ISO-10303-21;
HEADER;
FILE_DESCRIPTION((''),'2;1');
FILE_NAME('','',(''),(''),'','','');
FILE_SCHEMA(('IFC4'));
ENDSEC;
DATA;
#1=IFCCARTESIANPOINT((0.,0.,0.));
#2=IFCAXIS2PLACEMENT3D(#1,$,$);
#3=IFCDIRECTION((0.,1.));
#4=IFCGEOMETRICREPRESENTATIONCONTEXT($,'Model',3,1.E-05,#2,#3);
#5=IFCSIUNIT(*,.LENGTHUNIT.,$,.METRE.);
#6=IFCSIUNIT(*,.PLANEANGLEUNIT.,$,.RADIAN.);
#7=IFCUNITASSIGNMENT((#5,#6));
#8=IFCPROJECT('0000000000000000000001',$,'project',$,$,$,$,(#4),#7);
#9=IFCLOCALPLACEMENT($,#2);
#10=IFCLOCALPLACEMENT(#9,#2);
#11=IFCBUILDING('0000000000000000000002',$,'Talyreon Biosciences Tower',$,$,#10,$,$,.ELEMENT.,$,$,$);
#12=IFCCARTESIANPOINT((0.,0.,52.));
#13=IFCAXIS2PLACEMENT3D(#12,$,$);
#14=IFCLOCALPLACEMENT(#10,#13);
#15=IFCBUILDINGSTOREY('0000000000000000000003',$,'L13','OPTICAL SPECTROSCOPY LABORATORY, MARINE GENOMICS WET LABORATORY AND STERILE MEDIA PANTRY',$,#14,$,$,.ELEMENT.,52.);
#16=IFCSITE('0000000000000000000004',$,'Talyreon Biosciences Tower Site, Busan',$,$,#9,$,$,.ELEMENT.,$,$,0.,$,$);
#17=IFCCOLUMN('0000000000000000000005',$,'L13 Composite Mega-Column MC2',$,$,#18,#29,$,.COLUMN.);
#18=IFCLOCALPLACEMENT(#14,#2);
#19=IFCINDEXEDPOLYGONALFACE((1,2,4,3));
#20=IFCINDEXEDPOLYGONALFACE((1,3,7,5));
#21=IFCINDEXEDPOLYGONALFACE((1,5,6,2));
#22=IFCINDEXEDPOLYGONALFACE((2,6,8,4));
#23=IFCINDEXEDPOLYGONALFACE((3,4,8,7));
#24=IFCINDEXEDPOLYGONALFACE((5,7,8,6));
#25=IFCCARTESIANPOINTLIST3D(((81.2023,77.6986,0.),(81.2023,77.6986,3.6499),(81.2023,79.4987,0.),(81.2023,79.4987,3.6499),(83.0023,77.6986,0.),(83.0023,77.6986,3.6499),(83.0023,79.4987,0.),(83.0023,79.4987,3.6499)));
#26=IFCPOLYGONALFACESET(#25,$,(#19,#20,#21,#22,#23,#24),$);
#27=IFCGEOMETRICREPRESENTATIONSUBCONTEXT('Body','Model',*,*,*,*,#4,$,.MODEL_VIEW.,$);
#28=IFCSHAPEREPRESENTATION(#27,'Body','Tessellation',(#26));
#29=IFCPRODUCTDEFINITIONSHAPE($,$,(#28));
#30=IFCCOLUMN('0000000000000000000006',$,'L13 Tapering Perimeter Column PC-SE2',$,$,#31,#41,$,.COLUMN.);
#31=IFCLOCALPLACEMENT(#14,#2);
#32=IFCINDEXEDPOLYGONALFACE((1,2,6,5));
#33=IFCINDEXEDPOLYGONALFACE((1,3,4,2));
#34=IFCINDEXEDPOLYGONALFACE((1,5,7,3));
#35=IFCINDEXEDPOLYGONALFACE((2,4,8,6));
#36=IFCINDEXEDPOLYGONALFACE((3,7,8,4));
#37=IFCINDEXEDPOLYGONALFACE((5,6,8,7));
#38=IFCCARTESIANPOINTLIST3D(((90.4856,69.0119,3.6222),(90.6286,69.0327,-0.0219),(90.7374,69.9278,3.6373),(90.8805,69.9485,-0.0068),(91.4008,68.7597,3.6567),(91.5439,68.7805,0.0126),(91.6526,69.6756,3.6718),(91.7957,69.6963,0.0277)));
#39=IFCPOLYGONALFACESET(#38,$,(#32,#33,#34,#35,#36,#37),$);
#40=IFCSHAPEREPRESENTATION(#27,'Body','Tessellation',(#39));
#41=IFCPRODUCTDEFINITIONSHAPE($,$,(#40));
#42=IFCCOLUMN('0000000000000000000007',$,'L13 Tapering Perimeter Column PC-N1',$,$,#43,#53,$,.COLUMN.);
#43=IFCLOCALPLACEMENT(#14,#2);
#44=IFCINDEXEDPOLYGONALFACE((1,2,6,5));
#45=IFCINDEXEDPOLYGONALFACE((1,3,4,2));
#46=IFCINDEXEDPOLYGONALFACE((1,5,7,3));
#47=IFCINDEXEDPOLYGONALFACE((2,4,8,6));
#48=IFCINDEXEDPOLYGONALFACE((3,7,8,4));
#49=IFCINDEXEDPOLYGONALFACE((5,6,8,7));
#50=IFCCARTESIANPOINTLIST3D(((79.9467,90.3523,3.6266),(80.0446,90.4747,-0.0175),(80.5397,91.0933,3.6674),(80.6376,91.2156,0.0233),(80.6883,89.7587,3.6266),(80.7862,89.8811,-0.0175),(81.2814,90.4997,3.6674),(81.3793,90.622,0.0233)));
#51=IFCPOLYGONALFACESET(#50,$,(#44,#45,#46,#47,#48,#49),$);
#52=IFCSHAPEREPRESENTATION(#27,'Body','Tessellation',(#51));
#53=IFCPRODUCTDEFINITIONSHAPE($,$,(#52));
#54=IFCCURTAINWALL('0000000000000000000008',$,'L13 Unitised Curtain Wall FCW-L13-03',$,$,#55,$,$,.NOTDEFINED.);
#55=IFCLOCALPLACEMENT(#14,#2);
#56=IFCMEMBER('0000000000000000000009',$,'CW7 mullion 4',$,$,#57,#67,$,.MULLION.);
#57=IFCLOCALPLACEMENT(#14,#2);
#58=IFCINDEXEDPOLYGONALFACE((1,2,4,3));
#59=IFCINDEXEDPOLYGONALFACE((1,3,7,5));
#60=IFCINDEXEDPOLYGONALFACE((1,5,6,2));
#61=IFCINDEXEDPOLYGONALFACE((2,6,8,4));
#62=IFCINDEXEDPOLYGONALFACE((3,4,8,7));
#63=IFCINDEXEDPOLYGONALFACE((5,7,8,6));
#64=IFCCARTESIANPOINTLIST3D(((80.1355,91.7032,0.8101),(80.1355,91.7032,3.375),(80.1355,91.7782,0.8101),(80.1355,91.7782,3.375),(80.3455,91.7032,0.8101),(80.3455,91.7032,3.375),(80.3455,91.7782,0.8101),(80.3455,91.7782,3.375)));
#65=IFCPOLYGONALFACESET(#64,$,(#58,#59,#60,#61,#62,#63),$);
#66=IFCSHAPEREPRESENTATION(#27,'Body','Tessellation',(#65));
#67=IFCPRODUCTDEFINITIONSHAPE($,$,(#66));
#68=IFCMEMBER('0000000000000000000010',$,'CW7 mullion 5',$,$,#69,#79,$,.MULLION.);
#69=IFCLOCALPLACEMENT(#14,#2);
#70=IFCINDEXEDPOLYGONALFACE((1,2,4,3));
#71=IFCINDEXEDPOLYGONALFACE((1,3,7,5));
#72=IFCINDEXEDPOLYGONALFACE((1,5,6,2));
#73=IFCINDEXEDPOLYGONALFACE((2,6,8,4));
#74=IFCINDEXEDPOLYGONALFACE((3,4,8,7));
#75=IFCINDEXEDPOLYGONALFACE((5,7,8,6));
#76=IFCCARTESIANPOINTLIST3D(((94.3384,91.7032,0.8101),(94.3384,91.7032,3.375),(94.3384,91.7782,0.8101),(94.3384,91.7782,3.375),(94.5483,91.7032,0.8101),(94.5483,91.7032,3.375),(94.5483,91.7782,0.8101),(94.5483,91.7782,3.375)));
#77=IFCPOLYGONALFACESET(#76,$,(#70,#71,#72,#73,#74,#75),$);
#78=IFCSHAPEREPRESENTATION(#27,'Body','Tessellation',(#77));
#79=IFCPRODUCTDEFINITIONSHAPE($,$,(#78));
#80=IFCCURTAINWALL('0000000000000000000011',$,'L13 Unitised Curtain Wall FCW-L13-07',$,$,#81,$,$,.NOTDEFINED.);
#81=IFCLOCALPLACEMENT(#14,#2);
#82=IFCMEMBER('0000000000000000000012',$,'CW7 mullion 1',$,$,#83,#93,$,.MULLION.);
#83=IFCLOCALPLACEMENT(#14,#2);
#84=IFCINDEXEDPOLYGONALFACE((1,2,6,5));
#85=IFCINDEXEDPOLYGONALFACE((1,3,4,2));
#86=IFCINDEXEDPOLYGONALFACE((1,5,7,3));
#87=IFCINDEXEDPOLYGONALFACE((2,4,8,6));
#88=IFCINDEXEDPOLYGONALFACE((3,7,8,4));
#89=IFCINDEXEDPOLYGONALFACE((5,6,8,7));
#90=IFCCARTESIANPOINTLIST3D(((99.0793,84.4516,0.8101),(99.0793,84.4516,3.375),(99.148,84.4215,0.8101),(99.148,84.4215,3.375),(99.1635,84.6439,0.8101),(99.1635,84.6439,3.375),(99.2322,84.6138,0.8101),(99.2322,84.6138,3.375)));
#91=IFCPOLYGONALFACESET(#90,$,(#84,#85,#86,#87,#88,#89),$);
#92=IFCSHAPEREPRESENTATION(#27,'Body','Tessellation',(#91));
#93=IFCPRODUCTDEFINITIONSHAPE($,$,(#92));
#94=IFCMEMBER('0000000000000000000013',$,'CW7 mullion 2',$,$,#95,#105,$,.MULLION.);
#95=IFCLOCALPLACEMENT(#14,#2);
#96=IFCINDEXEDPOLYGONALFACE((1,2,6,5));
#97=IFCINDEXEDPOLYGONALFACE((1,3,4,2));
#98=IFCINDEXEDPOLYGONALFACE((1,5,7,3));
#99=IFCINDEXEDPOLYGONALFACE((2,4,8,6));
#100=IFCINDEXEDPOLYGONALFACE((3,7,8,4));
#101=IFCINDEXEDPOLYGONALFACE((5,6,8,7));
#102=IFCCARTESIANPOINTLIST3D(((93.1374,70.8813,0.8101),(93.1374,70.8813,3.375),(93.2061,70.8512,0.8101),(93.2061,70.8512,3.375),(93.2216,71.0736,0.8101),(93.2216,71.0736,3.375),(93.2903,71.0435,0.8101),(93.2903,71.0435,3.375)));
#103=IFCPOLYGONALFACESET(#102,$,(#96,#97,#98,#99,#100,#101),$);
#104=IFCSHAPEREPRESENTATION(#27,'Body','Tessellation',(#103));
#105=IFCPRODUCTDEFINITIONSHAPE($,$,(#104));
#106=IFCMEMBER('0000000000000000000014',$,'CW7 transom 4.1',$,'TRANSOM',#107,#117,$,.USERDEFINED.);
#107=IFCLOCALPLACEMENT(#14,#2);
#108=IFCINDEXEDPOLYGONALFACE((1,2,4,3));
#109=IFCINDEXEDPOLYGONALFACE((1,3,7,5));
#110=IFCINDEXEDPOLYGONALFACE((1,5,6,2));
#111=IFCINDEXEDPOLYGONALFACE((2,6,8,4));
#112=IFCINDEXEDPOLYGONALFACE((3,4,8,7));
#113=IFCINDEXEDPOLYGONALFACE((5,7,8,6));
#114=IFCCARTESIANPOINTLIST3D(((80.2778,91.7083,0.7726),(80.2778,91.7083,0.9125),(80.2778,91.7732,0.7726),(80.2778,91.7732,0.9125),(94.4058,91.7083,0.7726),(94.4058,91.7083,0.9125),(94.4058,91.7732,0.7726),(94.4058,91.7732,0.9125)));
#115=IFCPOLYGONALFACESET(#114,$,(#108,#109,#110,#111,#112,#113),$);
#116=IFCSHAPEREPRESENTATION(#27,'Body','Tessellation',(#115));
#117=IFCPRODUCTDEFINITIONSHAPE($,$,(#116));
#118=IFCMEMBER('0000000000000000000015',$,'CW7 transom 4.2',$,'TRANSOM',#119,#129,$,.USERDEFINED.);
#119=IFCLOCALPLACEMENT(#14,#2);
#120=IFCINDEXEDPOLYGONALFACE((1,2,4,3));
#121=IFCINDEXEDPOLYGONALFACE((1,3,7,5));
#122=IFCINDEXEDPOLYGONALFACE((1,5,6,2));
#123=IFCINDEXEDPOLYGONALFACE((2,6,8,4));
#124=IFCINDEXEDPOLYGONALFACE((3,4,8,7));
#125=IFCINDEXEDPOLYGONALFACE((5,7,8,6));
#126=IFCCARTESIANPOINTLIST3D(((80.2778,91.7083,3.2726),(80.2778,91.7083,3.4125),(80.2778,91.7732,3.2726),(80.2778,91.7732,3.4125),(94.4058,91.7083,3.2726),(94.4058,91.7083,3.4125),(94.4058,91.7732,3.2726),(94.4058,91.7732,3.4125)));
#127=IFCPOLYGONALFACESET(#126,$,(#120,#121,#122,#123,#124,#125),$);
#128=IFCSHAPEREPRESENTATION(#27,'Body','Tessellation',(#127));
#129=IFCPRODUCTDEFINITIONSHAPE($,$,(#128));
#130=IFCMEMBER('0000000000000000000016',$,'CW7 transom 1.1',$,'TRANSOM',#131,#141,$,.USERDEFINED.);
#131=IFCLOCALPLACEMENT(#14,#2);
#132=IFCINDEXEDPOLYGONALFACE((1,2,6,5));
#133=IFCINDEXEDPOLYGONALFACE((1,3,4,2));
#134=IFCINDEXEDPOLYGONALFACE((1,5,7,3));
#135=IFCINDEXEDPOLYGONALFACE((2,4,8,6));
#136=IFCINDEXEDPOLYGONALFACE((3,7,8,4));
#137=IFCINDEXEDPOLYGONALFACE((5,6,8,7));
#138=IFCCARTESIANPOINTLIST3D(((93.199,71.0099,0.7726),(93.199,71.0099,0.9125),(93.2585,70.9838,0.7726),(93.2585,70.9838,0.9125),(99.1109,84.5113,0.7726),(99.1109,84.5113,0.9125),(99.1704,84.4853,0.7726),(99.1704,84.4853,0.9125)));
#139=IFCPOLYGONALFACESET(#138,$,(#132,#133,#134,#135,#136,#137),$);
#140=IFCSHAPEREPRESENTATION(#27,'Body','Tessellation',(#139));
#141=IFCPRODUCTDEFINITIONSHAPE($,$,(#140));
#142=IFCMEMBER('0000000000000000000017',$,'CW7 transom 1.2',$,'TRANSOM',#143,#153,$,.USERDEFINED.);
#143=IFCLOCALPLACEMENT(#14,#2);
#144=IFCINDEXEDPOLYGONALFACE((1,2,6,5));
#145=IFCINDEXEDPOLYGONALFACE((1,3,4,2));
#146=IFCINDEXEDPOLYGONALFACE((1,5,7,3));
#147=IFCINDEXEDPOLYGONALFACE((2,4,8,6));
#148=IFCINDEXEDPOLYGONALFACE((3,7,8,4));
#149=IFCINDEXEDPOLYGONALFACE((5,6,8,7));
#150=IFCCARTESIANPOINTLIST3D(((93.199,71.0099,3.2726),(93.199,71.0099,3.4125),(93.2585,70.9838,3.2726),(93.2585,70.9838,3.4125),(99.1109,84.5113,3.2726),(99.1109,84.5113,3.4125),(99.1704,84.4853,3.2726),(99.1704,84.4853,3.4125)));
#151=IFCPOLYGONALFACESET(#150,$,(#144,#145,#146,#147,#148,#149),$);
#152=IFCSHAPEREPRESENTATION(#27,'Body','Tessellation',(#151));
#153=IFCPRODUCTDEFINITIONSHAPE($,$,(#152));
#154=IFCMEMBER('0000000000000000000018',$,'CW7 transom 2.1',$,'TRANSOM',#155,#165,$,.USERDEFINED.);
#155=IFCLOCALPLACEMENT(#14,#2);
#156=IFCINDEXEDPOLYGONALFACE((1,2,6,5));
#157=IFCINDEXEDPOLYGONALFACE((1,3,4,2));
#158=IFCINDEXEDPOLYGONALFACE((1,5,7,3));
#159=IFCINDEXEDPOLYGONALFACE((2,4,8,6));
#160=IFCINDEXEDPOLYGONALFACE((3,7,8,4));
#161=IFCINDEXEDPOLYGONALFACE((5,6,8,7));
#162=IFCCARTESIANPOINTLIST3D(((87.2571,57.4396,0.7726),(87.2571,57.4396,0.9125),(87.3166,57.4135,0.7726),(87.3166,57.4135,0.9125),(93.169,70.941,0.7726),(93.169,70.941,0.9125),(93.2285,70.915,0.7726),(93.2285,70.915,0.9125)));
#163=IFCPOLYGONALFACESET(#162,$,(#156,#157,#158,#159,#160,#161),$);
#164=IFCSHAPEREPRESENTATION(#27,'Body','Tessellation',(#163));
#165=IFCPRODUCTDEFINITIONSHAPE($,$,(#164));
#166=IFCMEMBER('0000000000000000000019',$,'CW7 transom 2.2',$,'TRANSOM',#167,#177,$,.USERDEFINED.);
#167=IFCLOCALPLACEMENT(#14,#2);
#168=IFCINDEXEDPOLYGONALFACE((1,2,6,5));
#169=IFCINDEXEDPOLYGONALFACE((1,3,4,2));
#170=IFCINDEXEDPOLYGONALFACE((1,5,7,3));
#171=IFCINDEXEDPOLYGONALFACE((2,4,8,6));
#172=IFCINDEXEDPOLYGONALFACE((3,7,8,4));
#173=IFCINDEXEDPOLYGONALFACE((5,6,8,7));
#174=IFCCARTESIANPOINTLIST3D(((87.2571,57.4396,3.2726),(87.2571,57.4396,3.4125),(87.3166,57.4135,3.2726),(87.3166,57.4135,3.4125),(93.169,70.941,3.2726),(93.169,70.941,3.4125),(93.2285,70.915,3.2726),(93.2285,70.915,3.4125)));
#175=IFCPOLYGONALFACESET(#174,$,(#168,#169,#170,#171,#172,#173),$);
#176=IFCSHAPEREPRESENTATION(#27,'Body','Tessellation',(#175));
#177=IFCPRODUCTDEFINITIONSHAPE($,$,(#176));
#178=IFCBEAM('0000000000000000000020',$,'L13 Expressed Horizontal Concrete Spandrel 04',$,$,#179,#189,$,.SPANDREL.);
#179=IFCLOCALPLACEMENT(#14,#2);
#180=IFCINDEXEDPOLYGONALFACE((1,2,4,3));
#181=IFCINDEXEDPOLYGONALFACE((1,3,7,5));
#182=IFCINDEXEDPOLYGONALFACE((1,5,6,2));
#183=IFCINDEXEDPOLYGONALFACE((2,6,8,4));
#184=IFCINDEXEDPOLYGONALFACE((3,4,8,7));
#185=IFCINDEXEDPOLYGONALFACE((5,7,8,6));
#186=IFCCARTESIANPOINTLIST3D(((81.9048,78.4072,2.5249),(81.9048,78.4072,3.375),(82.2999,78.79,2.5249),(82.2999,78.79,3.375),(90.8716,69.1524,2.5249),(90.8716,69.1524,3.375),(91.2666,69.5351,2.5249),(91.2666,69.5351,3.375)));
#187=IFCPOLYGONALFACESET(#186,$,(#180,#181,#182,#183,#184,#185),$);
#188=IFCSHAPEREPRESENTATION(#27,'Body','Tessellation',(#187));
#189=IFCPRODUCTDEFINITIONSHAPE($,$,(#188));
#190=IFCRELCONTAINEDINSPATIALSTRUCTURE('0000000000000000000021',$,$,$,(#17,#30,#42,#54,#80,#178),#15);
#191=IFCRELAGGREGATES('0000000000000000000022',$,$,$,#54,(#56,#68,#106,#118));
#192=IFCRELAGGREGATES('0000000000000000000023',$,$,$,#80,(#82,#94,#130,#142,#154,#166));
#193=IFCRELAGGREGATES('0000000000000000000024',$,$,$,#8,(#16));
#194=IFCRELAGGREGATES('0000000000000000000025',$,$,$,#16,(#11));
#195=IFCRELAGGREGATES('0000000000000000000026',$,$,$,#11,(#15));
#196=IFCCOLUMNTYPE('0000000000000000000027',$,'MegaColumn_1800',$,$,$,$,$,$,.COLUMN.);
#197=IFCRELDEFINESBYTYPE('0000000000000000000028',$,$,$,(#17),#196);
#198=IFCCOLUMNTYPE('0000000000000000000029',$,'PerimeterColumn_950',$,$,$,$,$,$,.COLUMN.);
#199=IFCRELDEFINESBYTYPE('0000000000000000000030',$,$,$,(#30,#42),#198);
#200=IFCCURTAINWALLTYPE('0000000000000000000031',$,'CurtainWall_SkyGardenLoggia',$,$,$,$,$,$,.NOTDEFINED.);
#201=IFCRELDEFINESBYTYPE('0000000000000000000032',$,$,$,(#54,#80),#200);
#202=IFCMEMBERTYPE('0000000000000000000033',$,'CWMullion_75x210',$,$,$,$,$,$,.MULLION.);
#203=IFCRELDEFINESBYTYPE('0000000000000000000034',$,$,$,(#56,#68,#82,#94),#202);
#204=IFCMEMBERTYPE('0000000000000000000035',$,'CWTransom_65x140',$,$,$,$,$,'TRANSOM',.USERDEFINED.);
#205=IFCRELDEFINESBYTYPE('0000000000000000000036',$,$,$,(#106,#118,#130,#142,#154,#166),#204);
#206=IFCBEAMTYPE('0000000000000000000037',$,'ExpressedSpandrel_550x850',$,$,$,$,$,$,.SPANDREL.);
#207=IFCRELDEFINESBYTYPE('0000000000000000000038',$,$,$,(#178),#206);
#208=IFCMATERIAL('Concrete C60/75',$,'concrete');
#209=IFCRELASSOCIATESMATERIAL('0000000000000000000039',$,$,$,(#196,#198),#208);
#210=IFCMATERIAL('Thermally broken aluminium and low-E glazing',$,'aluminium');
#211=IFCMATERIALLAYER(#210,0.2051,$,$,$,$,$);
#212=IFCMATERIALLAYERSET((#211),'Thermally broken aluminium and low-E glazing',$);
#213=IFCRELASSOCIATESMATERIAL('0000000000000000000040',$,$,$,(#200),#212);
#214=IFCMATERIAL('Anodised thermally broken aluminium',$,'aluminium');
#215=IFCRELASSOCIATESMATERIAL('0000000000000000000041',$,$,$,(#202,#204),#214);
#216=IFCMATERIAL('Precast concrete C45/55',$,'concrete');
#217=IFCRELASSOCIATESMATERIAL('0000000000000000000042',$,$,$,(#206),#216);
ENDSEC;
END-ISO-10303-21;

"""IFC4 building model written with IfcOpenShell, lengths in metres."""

from ifc_helpers import new_model, si_unit, direction, frame, origin, origin_2d, place, context, subcontext, project, spatial, rectangle, extrude, material, layer, layer_set, material_profile, profile_set, type_object, element, aggregate, save


model = new_model("IFC4")

# Units and contexts
model_context = context("Model", 3, precision=1e-05, world=origin(), true_north=direction((0.0, 1.0)))
body_context = subcontext(model_context, "Body", "Model", "MODEL_VIEW")
ifc_project = project(units=[si_unit("LENGTHUNIT", "METRE"), si_unit("PLANEANGLEUNIT", "RADIAN")], contexts=[model_context])

# Site, building, storey
site_placement = place(None, origin())
site = spatial("IfcSite", under=ifc_project, at=site_placement, Name="Talyreon Biosciences Tower Site, Busan", CompositionType="ELEMENT", RefElevation=0.0)
building_placement = place(site_placement, origin())
building = spatial("IfcBuilding", under=site, at=building_placement, Name="Talyreon Biosciences Tower", CompositionType="ELEMENT")
storey_placement = place(building_placement, frame((0.0, 0.0, 52.0)))
storey = spatial("IfcBuildingStorey", under=building, at=storey_placement, Name="L13", Description="OPTICAL SPECTROSCOPY LABORATORY, MARINE GENOMICS WET LABORATORY AND STERILE MEDIA PANTRY", CompositionType="ELEMENT", Elevation=52.0)

# Columns
ifc_material_1 = material(Name="Concrete C60/75", Category="concrete")
ifc_material_profile_1 = material_profile(ifc_material_1, rectangle(XDim=1.8, YDim=1.8, at=origin_2d()), Name="RC 1800x1800")
ifc_profile_set_1 = profile_set([ifc_material_profile_1], Name="Concrete C60/75")
column_type_1 = type_object("IfcColumnType", Name="MegaColumn_1800", PredefinedType="COLUMN", material=ifc_profile_set_1)
column_1_placement = place(storey_placement, frame((82.1023, 78.5986, 0.0), z_axis=(0.0, 0.0, 1.0), x_axis=(1.0, 0.0, 0.0)))
element("IfcColumn", 1, at=column_1_placement, inside=storey, type_object=column_type_1, Name="L13 Composite Mega-Column MC2", PredefinedType="COLUMN", context=body_context, shape_type="SweptSolid", body=[
    extrude(rectangle(XDim=1.8, YDim=1.8, at=origin_2d()), origin(), (0.0, 0.0, 1.0), 3.6499),
])
ifc_material_profile_2 = material_profile(ifc_material_1, rectangle(XDim=0.95, YDim=0.95, at=origin_2d()), Name="RC 950x950")
ifc_profile_set_2 = profile_set([ifc_material_profile_2], Name="Concrete C60/75")
column_type_2 = type_object("IfcColumnType", Name="PerimeterColumn_950", PredefinedType="COLUMN", material=ifc_profile_set_2)
column_2_placement = place(storey_placement, frame((91.2122, 69.3645, 0.0029), z_axis=(-0.039229, -0.00569, 0.999214), x_axis=(0.963426, -0.265504, 0.036312)))
element("IfcColumn", 2, at=column_2_placement, inside=storey, type_object=column_type_2, Name="L13 Tapering Perimeter Column PC-SE2", PredefinedType="COLUMN", context=body_context, shape_type="SweptSolid", body=[
    extrude(rectangle(XDim=0.95, YDim=0.95, at=origin_2d()), origin(), (0.0, 0.0, 1.0), 3.647),
])
column_3_placement = place(storey_placement, frame((80.7119, 90.5483, 0.0029), z_axis=(-0.026841, -0.033535, 0.999077), x_axis=(-0.780717, 0.624885, 0.0)))
element("IfcColumn", 3, at=column_3_placement, inside=storey, type_object=column_type_2, Name="L13 Tapering Perimeter Column PC-N1", PredefinedType="COLUMN", context=body_context, shape_type="SweptSolid", body=[
    extrude(rectangle(XDim=0.95, YDim=0.95, at=origin_2d()), origin(), (0.0, 0.0, 1.0), 3.6475),
])

# Curtain walls, members
ifc_material_2 = material(Name="Thermally broken aluminium and low-E glazing", Category="aluminium")
ifc_layer_1 = layer(ifc_material_2, 0.2051)
ifc_layer_set_1 = layer_set([ifc_layer_1], Name="Thermally broken aluminium and low-E glazing")
curtain_wall_type = type_object("IfcCurtainWallType", Name="CurtainWall_SkyGardenLoggia", PredefinedType="NOTDEFINED", material=ifc_layer_set_1)
curtain_wall_1_placement = place(storey_placement, origin())
curtain_wall_1 = element("IfcCurtainWall", 4, at=curtain_wall_1_placement, inside=storey, type_object=curtain_wall_type, Name="L13 Unitised Curtain Wall FCW-L13-03", PredefinedType="NOTDEFINED")
ifc_material_3 = material(Name="Anodised thermally broken aluminium", Category="aluminium")
ifc_material_profile_3 = material_profile(ifc_material_3, rectangle(XDim=0.075, YDim=0.21, at=origin_2d()), Name="ALUM MULLION 75x210")
ifc_profile_set_3 = profile_set([ifc_material_profile_3], Name="Anodised thermally broken aluminium")
member_type_1 = type_object("IfcMemberType", Name="CWMullion_75x210", PredefinedType="MULLION", material=ifc_profile_set_3)
member_1_placement = place(storey_placement, frame((80.2405, 91.7407, 0.8101), z_axis=(0.0, 0.0, 1.0), x_axis=(0.0, 1.0, 0.0)))
member_1 = element("IfcMember", 5, at=member_1_placement, type_object=member_type_1, Name="CW7 mullion 4", PredefinedType="MULLION", context=body_context, shape_type="SweptSolid", body=[
    extrude(rectangle(XDim=0.075, YDim=0.21, at=origin_2d()), origin(), (0.0, 0.0, 1.0), 2.5649),
])
member_2_placement = place(storey_placement, frame((94.4434, 91.7407, 0.8101), z_axis=(0.0, 0.0, 1.0), x_axis=(0.0, 1.0, 0.0)))
member_2 = element("IfcMember", 6, at=member_2_placement, type_object=member_type_1, Name="CW7 mullion 5", PredefinedType="MULLION", context=body_context, shape_type="SweptSolid", body=[
    extrude(rectangle(XDim=0.075, YDim=0.21, at=origin_2d()), origin(), (0.0, 0.0, 1.0), 2.5649),
])
curtain_wall_2_placement = place(storey_placement, origin())
curtain_wall_2 = element("IfcCurtainWall", 7, at=curtain_wall_2_placement, inside=storey, type_object=curtain_wall_type, Name="L13 Unitised Curtain Wall FCW-L13-07", PredefinedType="NOTDEFINED")
member_3_placement = place(storey_placement, frame((99.1558, 84.5327, 0.8101), z_axis=(0.0, 0.0, 1.0), x_axis=(0.916035, -0.401098, 0.0)))
member_3 = element("IfcMember", 8, at=member_3_placement, type_object=member_type_1, Name="CW7 mullion 1", PredefinedType="MULLION", context=body_context, shape_type="SweptSolid", body=[
    extrude(rectangle(XDim=0.075, YDim=0.21, at=origin_2d()), origin(), (0.0, 0.0, 1.0), 2.5649),
])
member_4_placement = place(storey_placement, frame((93.2139, 70.9624, 0.8101), z_axis=(0.0, 0.0, 1.0), x_axis=(0.916035, -0.401098, 0.0)))
member_4 = element("IfcMember", 9, at=member_4_placement, type_object=member_type_1, Name="CW7 mullion 2", PredefinedType="MULLION", context=body_context, shape_type="SweptSolid", body=[
    extrude(rectangle(XDim=0.075, YDim=0.21, at=origin_2d()), origin(), (0.0, 0.0, 1.0), 2.5649),
])

# Members
ifc_material_profile_4 = material_profile(ifc_material_3, rectangle(XDim=0.0649, YDim=0.1399, at=origin_2d()), Name="ALUM TRANSOM 65x140")
ifc_profile_set_4 = profile_set([ifc_material_profile_4], Name="Anodised thermally broken aluminium")
member_type_2 = type_object("IfcMemberType", Name="CWTransom_65x140", ElementType="TRANSOM", PredefinedType="USERDEFINED", material=ifc_profile_set_4)
member_5_placement = place(storey_placement, frame((80.2778, 91.7407, 0.8425), z_axis=(1.0, 0.0, 0.0), x_axis=(0.0, 1.0, 0.0)))
member_5 = element("IfcMember", 10, at=member_5_placement, type_object=member_type_2, Name="CW7 transom 4.1", ObjectType="TRANSOM", PredefinedType="USERDEFINED", context=body_context, shape_type="SweptSolid", body=[
    extrude(rectangle(XDim=0.0649, YDim=0.1399, at=origin_2d()), origin(), (0.0, 0.0, 1.0), 14.1279),
])
member_6_placement = place(storey_placement, frame((80.2778, 91.7407, 3.3425), z_axis=(1.0, 0.0, 0.0), x_axis=(0.0, 1.0, 0.0)))
member_6 = element("IfcMember", 11, at=member_6_placement, type_object=member_type_2, Name="CW7 transom 4.2", ObjectType="TRANSOM", PredefinedType="USERDEFINED", context=body_context, shape_type="SweptSolid", body=[
    extrude(rectangle(XDim=0.0649, YDim=0.1399, at=origin_2d()), origin(), (0.0, 0.0, 1.0), 14.1279),
])
member_7_placement = place(storey_placement, frame((99.1406, 84.4983, 0.8425), z_axis=(-0.401102, -0.916033, 0.0), x_axis=(0.916033, -0.401102, 0.0)))
member_7 = element("IfcMember", 12, at=member_7_placement, type_object=member_type_2, Name="CW7 transom 1.1", ObjectType="TRANSOM", PredefinedType="USERDEFINED", context=body_context, shape_type="SweptSolid", body=[
    extrude(rectangle(XDim=0.0649, YDim=0.1399, at=origin_2d()), origin(), (0.0, 0.0, 1.0), 14.739),
])
member_8_placement = place(storey_placement, frame((99.1406, 84.4983, 3.3425), z_axis=(-0.401102, -0.916033, 0.0), x_axis=(0.916033, -0.401102, 0.0)))
member_8 = element("IfcMember", 13, at=member_8_placement, type_object=member_type_2, Name="CW7 transom 1.2", ObjectType="TRANSOM", PredefinedType="USERDEFINED", context=body_context, shape_type="SweptSolid", body=[
    extrude(rectangle(XDim=0.0649, YDim=0.1399, at=origin_2d()), origin(), (0.0, 0.0, 1.0), 14.739),
])
member_9_placement = place(storey_placement, frame((93.1987, 70.928, 0.8425), z_axis=(-0.401102, -0.916033, 0.0), x_axis=(0.916033, -0.401102, 0.0)))
member_9 = element("IfcMember", 14, at=member_9_placement, type_object=member_type_2, Name="CW7 transom 2.1", ObjectType="TRANSOM", PredefinedType="USERDEFINED", context=body_context, shape_type="SweptSolid", body=[
    extrude(rectangle(XDim=0.0649, YDim=0.1399, at=origin_2d()), origin(), (0.0, 0.0, 1.0), 14.739),
])
member_10_placement = place(storey_placement, frame((93.1987, 70.928, 3.3425), z_axis=(-0.401102, -0.916033, 0.0), x_axis=(0.916033, -0.401102, 0.0)))
member_10 = element("IfcMember", 15, at=member_10_placement, type_object=member_type_2, Name="CW7 transom 2.2", ObjectType="TRANSOM", PredefinedType="USERDEFINED", context=body_context, shape_type="SweptSolid", body=[
    extrude(rectangle(XDim=0.0649, YDim=0.1399, at=origin_2d()), origin(), (0.0, 0.0, 1.0), 14.739),
])

# Beam
ifc_material_4 = material(Name="Precast concrete C45/55", Category="concrete")
ifc_material_profile_5 = material_profile(ifc_material_4, rectangle(XDim=0.55, YDim=0.8501, at=origin_2d()), Name="RCB 550x850")
ifc_profile_set_5 = profile_set([ifc_material_profile_5], Name="Precast concrete C45/55")
beam_type_1 = type_object("IfcBeamType", Name="ExpressedSpandrel_550x850", PredefinedType="SPANDREL", material=ifc_profile_set_5)
beam_1_placement = place(storey_placement, frame((91.0691, 69.3438, 2.95), z_axis=(-0.69584, 0.718196, 0.0), x_axis=(-0.718196, -0.69584, 0.0)))
element("IfcBeam", 16, at=beam_1_placement, inside=storey, type_object=beam_type_1, Name="L13 Expressed Horizontal Concrete Spandrel 04", PredefinedType="SPANDREL", context=body_context, shape_type="SweptSolid", body=[
    extrude(rectangle(XDim=0.55, YDim=0.8501, at=origin_2d()), origin(), (0.0, 0.0, 1.0), 12.8862),
])

aggregate(curtain_wall_1, [member_1, member_2, member_5, member_6])
aggregate(curtain_wall_2, [member_3, member_4, member_7, member_8, member_9, member_10])

save(model, "model.ifc")
